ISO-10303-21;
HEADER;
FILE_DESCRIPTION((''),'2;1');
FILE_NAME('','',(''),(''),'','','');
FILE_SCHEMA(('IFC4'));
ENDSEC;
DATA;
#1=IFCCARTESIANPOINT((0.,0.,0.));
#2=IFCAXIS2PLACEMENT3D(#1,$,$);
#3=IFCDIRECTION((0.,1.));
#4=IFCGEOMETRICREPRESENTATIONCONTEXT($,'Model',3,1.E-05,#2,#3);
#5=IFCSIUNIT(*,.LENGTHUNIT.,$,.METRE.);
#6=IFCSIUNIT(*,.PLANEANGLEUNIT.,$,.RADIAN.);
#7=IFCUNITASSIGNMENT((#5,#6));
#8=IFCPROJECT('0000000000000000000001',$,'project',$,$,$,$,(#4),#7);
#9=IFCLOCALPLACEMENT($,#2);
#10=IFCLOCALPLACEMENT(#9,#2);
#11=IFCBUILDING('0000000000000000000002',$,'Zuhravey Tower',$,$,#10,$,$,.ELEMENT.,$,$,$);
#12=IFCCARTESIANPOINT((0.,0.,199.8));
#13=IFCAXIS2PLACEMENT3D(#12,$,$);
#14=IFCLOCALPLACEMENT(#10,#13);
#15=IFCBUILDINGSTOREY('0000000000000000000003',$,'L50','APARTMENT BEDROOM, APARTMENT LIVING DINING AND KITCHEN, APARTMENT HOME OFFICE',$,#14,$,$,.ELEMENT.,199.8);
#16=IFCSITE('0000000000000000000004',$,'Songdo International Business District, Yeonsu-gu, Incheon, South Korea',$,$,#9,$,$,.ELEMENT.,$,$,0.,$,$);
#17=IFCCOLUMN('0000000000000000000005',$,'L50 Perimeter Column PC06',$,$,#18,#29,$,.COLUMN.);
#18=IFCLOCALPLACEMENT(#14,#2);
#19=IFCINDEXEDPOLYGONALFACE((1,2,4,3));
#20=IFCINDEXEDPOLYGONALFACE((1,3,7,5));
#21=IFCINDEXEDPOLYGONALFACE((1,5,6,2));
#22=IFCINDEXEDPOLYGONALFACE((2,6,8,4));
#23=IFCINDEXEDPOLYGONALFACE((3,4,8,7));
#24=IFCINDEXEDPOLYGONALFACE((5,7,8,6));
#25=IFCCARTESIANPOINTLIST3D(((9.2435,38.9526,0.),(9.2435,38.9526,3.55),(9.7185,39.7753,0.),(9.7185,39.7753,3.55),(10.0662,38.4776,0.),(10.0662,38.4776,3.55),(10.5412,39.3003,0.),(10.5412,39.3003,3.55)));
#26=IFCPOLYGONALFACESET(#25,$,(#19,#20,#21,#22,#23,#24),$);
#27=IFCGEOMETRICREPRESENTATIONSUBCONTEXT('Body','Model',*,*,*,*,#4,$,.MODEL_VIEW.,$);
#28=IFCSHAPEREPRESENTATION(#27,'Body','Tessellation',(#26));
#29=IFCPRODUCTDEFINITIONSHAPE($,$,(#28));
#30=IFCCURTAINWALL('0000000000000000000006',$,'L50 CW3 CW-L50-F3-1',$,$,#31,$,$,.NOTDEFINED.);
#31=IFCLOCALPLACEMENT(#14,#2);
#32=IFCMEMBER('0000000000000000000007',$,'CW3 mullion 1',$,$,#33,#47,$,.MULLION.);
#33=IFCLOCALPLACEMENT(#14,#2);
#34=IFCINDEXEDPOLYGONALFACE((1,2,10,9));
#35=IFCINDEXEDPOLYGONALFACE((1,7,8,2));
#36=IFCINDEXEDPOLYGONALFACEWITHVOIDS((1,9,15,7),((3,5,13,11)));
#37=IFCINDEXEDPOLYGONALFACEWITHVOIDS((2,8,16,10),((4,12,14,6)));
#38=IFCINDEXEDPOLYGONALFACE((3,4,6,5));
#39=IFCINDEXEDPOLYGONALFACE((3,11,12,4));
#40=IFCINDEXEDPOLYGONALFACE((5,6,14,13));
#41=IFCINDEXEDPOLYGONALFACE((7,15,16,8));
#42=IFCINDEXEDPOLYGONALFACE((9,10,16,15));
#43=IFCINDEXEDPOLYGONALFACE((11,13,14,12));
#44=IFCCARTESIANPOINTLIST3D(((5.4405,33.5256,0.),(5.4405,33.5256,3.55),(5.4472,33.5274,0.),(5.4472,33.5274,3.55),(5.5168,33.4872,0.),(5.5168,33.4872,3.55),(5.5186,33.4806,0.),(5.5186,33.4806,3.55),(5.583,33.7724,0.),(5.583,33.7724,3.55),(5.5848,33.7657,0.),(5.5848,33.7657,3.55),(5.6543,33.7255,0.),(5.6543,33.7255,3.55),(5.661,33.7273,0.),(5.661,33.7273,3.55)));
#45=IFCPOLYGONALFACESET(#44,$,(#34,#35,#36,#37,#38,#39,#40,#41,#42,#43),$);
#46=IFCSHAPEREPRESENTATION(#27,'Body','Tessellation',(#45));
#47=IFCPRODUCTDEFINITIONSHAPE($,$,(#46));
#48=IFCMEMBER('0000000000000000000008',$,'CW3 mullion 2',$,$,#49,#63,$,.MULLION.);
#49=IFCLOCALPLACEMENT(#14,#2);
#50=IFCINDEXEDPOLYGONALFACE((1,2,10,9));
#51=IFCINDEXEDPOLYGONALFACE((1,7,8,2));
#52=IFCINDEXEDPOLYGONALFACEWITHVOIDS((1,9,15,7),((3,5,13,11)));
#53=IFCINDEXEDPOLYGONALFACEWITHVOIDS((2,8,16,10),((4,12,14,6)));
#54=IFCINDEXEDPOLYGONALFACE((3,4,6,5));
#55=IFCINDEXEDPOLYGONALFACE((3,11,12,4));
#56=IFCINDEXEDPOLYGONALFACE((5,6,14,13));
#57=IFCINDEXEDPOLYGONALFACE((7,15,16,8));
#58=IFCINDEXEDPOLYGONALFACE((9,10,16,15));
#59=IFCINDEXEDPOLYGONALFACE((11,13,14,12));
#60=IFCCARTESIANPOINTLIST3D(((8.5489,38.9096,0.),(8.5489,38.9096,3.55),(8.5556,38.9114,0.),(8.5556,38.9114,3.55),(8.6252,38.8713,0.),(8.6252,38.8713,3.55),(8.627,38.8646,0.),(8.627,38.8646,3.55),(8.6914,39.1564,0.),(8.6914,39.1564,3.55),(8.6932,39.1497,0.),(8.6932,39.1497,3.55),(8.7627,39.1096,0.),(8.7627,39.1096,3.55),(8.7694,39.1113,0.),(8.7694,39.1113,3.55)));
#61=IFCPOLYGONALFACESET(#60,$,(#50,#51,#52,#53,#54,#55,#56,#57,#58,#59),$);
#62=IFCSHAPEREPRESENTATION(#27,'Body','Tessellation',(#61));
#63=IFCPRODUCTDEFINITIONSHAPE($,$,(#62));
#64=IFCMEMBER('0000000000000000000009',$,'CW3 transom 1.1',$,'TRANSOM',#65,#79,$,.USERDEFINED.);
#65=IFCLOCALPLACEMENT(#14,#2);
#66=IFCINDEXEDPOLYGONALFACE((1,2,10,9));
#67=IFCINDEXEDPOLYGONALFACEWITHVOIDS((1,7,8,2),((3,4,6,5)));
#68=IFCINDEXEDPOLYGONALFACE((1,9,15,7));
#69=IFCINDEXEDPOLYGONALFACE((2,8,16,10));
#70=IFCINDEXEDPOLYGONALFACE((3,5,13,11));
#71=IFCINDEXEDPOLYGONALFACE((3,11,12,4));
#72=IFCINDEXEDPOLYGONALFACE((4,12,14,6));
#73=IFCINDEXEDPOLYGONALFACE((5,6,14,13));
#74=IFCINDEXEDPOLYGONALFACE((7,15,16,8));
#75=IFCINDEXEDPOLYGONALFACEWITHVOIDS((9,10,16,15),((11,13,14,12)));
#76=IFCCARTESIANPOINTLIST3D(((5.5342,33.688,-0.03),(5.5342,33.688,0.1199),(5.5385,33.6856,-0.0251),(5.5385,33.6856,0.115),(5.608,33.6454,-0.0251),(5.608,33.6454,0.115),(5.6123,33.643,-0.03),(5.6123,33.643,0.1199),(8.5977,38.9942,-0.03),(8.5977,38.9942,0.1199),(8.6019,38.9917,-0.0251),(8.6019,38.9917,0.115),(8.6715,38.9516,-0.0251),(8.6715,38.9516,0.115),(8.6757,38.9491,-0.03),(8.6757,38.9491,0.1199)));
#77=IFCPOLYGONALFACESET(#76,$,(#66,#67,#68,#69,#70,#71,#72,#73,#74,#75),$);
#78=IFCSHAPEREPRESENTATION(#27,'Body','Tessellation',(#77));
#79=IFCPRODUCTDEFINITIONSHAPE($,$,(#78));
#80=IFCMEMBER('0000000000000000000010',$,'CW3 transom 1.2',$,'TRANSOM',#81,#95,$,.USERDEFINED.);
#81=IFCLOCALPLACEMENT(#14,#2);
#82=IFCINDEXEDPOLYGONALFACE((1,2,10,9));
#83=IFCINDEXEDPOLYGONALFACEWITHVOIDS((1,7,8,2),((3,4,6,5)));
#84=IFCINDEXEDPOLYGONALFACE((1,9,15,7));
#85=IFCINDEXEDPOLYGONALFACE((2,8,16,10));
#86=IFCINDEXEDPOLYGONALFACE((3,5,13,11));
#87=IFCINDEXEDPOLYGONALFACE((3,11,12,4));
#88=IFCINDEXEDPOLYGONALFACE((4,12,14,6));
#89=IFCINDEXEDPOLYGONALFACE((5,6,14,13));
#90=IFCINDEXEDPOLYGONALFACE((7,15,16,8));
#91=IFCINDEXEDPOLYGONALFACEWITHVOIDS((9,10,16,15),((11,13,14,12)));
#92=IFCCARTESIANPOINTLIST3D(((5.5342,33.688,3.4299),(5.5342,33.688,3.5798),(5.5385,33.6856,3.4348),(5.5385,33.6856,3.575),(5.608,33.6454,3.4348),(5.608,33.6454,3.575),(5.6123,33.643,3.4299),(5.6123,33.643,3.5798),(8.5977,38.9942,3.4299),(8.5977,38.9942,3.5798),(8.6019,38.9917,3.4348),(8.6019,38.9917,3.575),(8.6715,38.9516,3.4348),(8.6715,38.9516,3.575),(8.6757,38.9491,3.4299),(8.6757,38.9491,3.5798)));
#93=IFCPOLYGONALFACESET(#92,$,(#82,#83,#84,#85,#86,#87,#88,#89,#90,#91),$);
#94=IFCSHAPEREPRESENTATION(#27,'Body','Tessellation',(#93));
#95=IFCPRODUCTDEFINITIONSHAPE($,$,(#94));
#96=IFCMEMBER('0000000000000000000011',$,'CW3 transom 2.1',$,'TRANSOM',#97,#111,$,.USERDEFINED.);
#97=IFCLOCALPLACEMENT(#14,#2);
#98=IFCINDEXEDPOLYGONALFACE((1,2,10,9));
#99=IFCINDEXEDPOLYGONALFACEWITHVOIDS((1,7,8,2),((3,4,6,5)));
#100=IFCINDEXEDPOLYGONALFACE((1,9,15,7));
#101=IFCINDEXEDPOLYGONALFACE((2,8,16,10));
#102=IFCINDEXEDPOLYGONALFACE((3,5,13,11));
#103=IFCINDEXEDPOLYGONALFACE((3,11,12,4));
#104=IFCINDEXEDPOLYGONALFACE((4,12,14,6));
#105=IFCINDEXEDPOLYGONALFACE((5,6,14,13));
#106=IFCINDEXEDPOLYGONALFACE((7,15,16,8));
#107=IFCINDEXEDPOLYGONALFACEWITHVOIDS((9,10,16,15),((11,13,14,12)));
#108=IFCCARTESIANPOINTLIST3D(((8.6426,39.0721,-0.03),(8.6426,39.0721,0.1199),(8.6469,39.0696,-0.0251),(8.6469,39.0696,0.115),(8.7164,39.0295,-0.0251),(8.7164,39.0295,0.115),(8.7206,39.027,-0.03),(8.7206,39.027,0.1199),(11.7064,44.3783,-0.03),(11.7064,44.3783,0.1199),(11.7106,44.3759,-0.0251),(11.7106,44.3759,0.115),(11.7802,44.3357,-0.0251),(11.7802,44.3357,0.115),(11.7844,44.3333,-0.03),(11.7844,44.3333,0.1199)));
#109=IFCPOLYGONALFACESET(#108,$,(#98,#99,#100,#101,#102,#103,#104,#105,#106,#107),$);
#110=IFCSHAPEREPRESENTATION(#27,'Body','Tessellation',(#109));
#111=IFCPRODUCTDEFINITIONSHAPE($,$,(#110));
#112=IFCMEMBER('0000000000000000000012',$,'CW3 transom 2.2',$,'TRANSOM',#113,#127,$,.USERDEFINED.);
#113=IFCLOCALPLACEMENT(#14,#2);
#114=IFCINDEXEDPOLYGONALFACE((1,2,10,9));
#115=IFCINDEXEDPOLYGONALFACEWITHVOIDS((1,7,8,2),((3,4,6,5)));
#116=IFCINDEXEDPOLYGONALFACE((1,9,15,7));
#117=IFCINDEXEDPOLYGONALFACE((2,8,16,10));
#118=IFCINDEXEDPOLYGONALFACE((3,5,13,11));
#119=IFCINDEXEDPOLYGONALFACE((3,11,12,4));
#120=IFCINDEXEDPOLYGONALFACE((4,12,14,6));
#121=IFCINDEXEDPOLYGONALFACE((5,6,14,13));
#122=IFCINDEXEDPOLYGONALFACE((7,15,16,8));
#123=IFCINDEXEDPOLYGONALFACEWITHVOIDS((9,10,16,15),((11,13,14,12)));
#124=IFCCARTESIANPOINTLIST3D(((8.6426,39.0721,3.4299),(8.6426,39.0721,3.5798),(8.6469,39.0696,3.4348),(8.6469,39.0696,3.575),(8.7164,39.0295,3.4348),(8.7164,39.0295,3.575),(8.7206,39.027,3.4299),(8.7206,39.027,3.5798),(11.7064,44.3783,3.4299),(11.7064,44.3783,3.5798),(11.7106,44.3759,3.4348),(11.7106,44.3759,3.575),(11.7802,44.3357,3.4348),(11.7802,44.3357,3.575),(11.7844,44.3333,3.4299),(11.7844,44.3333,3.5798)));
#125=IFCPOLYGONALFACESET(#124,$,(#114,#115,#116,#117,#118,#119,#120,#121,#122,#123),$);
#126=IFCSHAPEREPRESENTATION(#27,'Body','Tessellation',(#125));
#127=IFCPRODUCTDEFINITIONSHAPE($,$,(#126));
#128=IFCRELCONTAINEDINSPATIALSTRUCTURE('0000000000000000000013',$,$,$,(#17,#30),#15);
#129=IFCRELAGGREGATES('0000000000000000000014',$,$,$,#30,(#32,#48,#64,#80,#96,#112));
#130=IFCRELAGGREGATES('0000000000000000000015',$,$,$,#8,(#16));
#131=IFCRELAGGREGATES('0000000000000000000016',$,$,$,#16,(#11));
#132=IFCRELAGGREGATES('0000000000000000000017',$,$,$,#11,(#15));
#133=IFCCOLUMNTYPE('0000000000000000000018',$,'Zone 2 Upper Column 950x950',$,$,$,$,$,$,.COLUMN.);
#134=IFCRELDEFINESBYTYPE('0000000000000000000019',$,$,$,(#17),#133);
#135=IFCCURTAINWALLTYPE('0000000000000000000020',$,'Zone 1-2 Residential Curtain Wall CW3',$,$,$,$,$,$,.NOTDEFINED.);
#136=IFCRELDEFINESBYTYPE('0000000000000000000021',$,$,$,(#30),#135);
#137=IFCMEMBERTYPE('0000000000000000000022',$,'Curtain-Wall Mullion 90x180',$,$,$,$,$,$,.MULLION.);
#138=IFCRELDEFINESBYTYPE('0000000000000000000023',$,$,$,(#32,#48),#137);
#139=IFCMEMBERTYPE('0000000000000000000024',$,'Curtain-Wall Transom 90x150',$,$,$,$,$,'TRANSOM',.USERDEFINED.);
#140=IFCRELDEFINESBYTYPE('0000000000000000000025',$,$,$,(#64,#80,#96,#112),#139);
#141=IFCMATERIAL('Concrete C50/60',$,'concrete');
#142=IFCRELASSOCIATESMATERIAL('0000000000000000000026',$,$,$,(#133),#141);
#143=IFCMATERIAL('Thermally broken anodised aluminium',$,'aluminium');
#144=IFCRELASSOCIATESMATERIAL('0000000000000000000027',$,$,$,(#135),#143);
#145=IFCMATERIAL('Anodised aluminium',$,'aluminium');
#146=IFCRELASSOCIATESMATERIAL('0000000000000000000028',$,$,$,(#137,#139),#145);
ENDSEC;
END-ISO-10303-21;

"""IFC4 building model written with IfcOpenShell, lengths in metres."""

from ifc_helpers import new_model, si_unit, direction, frame, origin, origin_2d, place, context, subcontext, project, spatial, rectangle, hollow_rectangle, extrude, material, material_profile, profile_set, type_object, element, aggregate, save


model = new_model("IFC4")

# Units and contexts
model_context = context("Model", 3, precision=1e-05, world=origin(), true_north=direction((0.0, 1.0)))
body_context = subcontext(model_context, "Body", "Model", "MODEL_VIEW")
ifc_project = project(units=[si_unit("LENGTHUNIT", "METRE"), si_unit("PLANEANGLEUNIT", "RADIAN")], contexts=[model_context])

# Site, building, storey
site_placement = place(None, origin())
site = spatial("IfcSite", under=ifc_project, at=site_placement, Name="Songdo International Business District, Yeonsu-gu, Incheon, South Korea", CompositionType="ELEMENT", RefElevation=0.0)
building_placement = place(site_placement, origin())
building = spatial("IfcBuilding", under=site, at=building_placement, Name="Zuhravey Tower", CompositionType="ELEMENT")
storey_placement = place(building_placement, frame((0.0, 0.0, 199.8)))
storey = spatial("IfcBuildingStorey", under=building, at=storey_placement, Name="L50", Description="APARTMENT BEDROOM, APARTMENT LIVING DINING AND KITCHEN, APARTMENT HOME OFFICE", CompositionType="ELEMENT", Elevation=199.8)

# Column
ifc_material_1 = material(Name="Concrete C50/60", Category="concrete")
ifc_material_profile_1 = material_profile(ifc_material_1, rectangle(XDim=0.95, YDim=0.95, at=origin_2d()), Name="RC-950x950")
ifc_profile_set_1 = profile_set([ifc_material_profile_1], Name="Concrete C50/60")
column_type = type_object("IfcColumnType", Name="Zone 2 Upper Column 950x950", PredefinedType="COLUMN", material=ifc_profile_set_1)
column_placement = place(storey_placement, frame((9.8923, 39.1265, 0.0), z_axis=(0.0, 0.0, 1.0), x_axis=(-0.5, -0.866025, 0.0)))
element("IfcColumn", 1, at=column_placement, inside=storey, type_object=column_type, Name="L50 Perimeter Column PC06", PredefinedType="COLUMN", context=body_context, shape_type="SweptSolid", body=[
    extrude(rectangle(XDim=0.95, YDim=0.95, at=origin_2d()), origin(), (0.0, 0.0, 1.0), 3.55),
])

# Curtain wall, members
ifc_material_2 = material(Name="Thermally broken anodised aluminium", Category="aluminium")
curtain_wall_type = type_object("IfcCurtainWallType", Name="Zone 1-2 Residential Curtain Wall CW3", PredefinedType="NOTDEFINED", material=ifc_material_2)
curtain_wall_placement = place(storey_placement, origin())
curtain_wall = element("IfcCurtainWall", 2, at=curtain_wall_placement, inside=storey, type_object=curtain_wall_type, Name="L50 CW3 CW-L50-F3-1", PredefinedType="NOTDEFINED")
ifc_material_3 = material(Name="Anodised aluminium", Category="aluminium")
ifc_material_profile_2 = material_profile(ifc_material_3, hollow_rectangle(XDim=0.0901, YDim=0.2849, WallThickness=0.0049, at=origin_2d()), Name="ALU-RHS-90x285x5")
ifc_profile_set_2 = profile_set([ifc_material_profile_2], Name="Anodised aluminium")
member_type_1 = type_object("IfcMemberType", Name="Curtain-Wall Mullion 90x180", PredefinedType="MULLION", material=ifc_profile_set_2)
member_1_placement = place(storey_placement, frame((5.5508, 33.6265, 0.0), z_axis=(0.0, 0.0, 1.0), x_axis=(-0.866024, 0.500003, 0.0)))
member_1 = element("IfcMember", 3, at=member_1_placement, type_object=member_type_1, Name="CW3 mullion 1", PredefinedType="MULLION", context=body_context, shape_type="SweptSolid", body=[
    extrude(hollow_rectangle(XDim=0.0901, YDim=0.2849, WallThickness=0.0049, at=origin_2d()), origin(), (0.0, 0.0, 1.0), 3.55),
])
member_2_placement = place(storey_placement, frame((8.6592, 39.0105, 0.0), z_axis=(0.0, 0.0, 1.0), x_axis=(-0.866024, 0.500003, 0.0)))
member_2 = element("IfcMember", 4, at=member_2_placement, type_object=member_type_1, Name="CW3 mullion 2", PredefinedType="MULLION", context=body_context, shape_type="SweptSolid", body=[
    extrude(hollow_rectangle(XDim=0.0901, YDim=0.2849, WallThickness=0.0049, at=origin_2d()), origin(), (0.0, 0.0, 1.0), 3.55),
])
ifc_material_profile_3 = material_profile(ifc_material_3, hollow_rectangle(XDim=0.0901, YDim=0.1499, WallThickness=0.0049, at=origin_2d()), Name="ALU-RHS-90x150x5")
ifc_profile_set_3 = profile_set([ifc_material_profile_3], Name="Anodised aluminium")
member_type_2 = type_object("IfcMemberType", Name="Curtain-Wall Transom 90x150", ElementType="TRANSOM", PredefinedType="USERDEFINED", material=ifc_profile_set_3)
member_3_placement = place(storey_placement, frame((5.5732, 33.6655, 0.0449), z_axis=(0.499996, 0.866028, 0.0), x_axis=(-0.866028, 0.499996, 0.0)))
member_3 = element("IfcMember", 5, at=member_3_placement, type_object=member_type_2, Name="CW3 transom 1.1", ObjectType="TRANSOM", PredefinedType="USERDEFINED", context=body_context, shape_type="SweptSolid", body=[
    extrude(hollow_rectangle(XDim=0.0901, YDim=0.1499, WallThickness=0.0049, at=origin_2d()), origin(), (0.0, 0.0, 1.0), 6.127),
])
member_4_placement = place(storey_placement, frame((5.5732, 33.6655, 3.5049), z_axis=(0.499996, 0.866028, 0.0), x_axis=(-0.866028, 0.499996, 0.0)))
member_4 = element("IfcMember", 6, at=member_4_placement, type_object=member_type_2, Name="CW3 transom 1.2", ObjectType="TRANSOM", PredefinedType="USERDEFINED", context=body_context, shape_type="SweptSolid", body=[
    extrude(hollow_rectangle(XDim=0.0901, YDim=0.1499, WallThickness=0.0049, at=origin_2d()), origin(), (0.0, 0.0, 1.0), 6.127),
])
member_5_placement = place(storey_placement, frame((8.6816, 39.0496, 0.0449), z_axis=(0.500026, 0.86601, 0.0), x_axis=(-0.86601, 0.500026, 0.0)))
member_5 = element("IfcMember", 7, at=member_5_placement, type_object=member_type_2, Name="CW3 transom 2.1", ObjectType="TRANSOM", PredefinedType="USERDEFINED", context=body_context, shape_type="SweptSolid", body=[
    extrude(hollow_rectangle(XDim=0.0901, YDim=0.1499, WallThickness=0.0049, at=origin_2d()), origin(), (0.0, 0.0, 1.0), 6.1272),
])
member_6_placement = place(storey_placement, frame((8.6816, 39.0496, 3.5049), z_axis=(0.500026, 0.86601, 0.0), x_axis=(-0.86601, 0.500026, 0.0)))
member_6 = element("IfcMember", 8, at=member_6_placement, type_object=member_type_2, Name="CW3 transom 2.2", ObjectType="TRANSOM", PredefinedType="USERDEFINED", context=body_context, shape_type="SweptSolid", body=[
    extrude(hollow_rectangle(XDim=0.0901, YDim=0.1499, WallThickness=0.0049, at=origin_2d()), origin(), (0.0, 0.0, 1.0), 6.1272),
])

aggregate(curtain_wall, [member_1, member_2, member_3, member_4, member_5, member_6])

save(model, "model.ifc")
